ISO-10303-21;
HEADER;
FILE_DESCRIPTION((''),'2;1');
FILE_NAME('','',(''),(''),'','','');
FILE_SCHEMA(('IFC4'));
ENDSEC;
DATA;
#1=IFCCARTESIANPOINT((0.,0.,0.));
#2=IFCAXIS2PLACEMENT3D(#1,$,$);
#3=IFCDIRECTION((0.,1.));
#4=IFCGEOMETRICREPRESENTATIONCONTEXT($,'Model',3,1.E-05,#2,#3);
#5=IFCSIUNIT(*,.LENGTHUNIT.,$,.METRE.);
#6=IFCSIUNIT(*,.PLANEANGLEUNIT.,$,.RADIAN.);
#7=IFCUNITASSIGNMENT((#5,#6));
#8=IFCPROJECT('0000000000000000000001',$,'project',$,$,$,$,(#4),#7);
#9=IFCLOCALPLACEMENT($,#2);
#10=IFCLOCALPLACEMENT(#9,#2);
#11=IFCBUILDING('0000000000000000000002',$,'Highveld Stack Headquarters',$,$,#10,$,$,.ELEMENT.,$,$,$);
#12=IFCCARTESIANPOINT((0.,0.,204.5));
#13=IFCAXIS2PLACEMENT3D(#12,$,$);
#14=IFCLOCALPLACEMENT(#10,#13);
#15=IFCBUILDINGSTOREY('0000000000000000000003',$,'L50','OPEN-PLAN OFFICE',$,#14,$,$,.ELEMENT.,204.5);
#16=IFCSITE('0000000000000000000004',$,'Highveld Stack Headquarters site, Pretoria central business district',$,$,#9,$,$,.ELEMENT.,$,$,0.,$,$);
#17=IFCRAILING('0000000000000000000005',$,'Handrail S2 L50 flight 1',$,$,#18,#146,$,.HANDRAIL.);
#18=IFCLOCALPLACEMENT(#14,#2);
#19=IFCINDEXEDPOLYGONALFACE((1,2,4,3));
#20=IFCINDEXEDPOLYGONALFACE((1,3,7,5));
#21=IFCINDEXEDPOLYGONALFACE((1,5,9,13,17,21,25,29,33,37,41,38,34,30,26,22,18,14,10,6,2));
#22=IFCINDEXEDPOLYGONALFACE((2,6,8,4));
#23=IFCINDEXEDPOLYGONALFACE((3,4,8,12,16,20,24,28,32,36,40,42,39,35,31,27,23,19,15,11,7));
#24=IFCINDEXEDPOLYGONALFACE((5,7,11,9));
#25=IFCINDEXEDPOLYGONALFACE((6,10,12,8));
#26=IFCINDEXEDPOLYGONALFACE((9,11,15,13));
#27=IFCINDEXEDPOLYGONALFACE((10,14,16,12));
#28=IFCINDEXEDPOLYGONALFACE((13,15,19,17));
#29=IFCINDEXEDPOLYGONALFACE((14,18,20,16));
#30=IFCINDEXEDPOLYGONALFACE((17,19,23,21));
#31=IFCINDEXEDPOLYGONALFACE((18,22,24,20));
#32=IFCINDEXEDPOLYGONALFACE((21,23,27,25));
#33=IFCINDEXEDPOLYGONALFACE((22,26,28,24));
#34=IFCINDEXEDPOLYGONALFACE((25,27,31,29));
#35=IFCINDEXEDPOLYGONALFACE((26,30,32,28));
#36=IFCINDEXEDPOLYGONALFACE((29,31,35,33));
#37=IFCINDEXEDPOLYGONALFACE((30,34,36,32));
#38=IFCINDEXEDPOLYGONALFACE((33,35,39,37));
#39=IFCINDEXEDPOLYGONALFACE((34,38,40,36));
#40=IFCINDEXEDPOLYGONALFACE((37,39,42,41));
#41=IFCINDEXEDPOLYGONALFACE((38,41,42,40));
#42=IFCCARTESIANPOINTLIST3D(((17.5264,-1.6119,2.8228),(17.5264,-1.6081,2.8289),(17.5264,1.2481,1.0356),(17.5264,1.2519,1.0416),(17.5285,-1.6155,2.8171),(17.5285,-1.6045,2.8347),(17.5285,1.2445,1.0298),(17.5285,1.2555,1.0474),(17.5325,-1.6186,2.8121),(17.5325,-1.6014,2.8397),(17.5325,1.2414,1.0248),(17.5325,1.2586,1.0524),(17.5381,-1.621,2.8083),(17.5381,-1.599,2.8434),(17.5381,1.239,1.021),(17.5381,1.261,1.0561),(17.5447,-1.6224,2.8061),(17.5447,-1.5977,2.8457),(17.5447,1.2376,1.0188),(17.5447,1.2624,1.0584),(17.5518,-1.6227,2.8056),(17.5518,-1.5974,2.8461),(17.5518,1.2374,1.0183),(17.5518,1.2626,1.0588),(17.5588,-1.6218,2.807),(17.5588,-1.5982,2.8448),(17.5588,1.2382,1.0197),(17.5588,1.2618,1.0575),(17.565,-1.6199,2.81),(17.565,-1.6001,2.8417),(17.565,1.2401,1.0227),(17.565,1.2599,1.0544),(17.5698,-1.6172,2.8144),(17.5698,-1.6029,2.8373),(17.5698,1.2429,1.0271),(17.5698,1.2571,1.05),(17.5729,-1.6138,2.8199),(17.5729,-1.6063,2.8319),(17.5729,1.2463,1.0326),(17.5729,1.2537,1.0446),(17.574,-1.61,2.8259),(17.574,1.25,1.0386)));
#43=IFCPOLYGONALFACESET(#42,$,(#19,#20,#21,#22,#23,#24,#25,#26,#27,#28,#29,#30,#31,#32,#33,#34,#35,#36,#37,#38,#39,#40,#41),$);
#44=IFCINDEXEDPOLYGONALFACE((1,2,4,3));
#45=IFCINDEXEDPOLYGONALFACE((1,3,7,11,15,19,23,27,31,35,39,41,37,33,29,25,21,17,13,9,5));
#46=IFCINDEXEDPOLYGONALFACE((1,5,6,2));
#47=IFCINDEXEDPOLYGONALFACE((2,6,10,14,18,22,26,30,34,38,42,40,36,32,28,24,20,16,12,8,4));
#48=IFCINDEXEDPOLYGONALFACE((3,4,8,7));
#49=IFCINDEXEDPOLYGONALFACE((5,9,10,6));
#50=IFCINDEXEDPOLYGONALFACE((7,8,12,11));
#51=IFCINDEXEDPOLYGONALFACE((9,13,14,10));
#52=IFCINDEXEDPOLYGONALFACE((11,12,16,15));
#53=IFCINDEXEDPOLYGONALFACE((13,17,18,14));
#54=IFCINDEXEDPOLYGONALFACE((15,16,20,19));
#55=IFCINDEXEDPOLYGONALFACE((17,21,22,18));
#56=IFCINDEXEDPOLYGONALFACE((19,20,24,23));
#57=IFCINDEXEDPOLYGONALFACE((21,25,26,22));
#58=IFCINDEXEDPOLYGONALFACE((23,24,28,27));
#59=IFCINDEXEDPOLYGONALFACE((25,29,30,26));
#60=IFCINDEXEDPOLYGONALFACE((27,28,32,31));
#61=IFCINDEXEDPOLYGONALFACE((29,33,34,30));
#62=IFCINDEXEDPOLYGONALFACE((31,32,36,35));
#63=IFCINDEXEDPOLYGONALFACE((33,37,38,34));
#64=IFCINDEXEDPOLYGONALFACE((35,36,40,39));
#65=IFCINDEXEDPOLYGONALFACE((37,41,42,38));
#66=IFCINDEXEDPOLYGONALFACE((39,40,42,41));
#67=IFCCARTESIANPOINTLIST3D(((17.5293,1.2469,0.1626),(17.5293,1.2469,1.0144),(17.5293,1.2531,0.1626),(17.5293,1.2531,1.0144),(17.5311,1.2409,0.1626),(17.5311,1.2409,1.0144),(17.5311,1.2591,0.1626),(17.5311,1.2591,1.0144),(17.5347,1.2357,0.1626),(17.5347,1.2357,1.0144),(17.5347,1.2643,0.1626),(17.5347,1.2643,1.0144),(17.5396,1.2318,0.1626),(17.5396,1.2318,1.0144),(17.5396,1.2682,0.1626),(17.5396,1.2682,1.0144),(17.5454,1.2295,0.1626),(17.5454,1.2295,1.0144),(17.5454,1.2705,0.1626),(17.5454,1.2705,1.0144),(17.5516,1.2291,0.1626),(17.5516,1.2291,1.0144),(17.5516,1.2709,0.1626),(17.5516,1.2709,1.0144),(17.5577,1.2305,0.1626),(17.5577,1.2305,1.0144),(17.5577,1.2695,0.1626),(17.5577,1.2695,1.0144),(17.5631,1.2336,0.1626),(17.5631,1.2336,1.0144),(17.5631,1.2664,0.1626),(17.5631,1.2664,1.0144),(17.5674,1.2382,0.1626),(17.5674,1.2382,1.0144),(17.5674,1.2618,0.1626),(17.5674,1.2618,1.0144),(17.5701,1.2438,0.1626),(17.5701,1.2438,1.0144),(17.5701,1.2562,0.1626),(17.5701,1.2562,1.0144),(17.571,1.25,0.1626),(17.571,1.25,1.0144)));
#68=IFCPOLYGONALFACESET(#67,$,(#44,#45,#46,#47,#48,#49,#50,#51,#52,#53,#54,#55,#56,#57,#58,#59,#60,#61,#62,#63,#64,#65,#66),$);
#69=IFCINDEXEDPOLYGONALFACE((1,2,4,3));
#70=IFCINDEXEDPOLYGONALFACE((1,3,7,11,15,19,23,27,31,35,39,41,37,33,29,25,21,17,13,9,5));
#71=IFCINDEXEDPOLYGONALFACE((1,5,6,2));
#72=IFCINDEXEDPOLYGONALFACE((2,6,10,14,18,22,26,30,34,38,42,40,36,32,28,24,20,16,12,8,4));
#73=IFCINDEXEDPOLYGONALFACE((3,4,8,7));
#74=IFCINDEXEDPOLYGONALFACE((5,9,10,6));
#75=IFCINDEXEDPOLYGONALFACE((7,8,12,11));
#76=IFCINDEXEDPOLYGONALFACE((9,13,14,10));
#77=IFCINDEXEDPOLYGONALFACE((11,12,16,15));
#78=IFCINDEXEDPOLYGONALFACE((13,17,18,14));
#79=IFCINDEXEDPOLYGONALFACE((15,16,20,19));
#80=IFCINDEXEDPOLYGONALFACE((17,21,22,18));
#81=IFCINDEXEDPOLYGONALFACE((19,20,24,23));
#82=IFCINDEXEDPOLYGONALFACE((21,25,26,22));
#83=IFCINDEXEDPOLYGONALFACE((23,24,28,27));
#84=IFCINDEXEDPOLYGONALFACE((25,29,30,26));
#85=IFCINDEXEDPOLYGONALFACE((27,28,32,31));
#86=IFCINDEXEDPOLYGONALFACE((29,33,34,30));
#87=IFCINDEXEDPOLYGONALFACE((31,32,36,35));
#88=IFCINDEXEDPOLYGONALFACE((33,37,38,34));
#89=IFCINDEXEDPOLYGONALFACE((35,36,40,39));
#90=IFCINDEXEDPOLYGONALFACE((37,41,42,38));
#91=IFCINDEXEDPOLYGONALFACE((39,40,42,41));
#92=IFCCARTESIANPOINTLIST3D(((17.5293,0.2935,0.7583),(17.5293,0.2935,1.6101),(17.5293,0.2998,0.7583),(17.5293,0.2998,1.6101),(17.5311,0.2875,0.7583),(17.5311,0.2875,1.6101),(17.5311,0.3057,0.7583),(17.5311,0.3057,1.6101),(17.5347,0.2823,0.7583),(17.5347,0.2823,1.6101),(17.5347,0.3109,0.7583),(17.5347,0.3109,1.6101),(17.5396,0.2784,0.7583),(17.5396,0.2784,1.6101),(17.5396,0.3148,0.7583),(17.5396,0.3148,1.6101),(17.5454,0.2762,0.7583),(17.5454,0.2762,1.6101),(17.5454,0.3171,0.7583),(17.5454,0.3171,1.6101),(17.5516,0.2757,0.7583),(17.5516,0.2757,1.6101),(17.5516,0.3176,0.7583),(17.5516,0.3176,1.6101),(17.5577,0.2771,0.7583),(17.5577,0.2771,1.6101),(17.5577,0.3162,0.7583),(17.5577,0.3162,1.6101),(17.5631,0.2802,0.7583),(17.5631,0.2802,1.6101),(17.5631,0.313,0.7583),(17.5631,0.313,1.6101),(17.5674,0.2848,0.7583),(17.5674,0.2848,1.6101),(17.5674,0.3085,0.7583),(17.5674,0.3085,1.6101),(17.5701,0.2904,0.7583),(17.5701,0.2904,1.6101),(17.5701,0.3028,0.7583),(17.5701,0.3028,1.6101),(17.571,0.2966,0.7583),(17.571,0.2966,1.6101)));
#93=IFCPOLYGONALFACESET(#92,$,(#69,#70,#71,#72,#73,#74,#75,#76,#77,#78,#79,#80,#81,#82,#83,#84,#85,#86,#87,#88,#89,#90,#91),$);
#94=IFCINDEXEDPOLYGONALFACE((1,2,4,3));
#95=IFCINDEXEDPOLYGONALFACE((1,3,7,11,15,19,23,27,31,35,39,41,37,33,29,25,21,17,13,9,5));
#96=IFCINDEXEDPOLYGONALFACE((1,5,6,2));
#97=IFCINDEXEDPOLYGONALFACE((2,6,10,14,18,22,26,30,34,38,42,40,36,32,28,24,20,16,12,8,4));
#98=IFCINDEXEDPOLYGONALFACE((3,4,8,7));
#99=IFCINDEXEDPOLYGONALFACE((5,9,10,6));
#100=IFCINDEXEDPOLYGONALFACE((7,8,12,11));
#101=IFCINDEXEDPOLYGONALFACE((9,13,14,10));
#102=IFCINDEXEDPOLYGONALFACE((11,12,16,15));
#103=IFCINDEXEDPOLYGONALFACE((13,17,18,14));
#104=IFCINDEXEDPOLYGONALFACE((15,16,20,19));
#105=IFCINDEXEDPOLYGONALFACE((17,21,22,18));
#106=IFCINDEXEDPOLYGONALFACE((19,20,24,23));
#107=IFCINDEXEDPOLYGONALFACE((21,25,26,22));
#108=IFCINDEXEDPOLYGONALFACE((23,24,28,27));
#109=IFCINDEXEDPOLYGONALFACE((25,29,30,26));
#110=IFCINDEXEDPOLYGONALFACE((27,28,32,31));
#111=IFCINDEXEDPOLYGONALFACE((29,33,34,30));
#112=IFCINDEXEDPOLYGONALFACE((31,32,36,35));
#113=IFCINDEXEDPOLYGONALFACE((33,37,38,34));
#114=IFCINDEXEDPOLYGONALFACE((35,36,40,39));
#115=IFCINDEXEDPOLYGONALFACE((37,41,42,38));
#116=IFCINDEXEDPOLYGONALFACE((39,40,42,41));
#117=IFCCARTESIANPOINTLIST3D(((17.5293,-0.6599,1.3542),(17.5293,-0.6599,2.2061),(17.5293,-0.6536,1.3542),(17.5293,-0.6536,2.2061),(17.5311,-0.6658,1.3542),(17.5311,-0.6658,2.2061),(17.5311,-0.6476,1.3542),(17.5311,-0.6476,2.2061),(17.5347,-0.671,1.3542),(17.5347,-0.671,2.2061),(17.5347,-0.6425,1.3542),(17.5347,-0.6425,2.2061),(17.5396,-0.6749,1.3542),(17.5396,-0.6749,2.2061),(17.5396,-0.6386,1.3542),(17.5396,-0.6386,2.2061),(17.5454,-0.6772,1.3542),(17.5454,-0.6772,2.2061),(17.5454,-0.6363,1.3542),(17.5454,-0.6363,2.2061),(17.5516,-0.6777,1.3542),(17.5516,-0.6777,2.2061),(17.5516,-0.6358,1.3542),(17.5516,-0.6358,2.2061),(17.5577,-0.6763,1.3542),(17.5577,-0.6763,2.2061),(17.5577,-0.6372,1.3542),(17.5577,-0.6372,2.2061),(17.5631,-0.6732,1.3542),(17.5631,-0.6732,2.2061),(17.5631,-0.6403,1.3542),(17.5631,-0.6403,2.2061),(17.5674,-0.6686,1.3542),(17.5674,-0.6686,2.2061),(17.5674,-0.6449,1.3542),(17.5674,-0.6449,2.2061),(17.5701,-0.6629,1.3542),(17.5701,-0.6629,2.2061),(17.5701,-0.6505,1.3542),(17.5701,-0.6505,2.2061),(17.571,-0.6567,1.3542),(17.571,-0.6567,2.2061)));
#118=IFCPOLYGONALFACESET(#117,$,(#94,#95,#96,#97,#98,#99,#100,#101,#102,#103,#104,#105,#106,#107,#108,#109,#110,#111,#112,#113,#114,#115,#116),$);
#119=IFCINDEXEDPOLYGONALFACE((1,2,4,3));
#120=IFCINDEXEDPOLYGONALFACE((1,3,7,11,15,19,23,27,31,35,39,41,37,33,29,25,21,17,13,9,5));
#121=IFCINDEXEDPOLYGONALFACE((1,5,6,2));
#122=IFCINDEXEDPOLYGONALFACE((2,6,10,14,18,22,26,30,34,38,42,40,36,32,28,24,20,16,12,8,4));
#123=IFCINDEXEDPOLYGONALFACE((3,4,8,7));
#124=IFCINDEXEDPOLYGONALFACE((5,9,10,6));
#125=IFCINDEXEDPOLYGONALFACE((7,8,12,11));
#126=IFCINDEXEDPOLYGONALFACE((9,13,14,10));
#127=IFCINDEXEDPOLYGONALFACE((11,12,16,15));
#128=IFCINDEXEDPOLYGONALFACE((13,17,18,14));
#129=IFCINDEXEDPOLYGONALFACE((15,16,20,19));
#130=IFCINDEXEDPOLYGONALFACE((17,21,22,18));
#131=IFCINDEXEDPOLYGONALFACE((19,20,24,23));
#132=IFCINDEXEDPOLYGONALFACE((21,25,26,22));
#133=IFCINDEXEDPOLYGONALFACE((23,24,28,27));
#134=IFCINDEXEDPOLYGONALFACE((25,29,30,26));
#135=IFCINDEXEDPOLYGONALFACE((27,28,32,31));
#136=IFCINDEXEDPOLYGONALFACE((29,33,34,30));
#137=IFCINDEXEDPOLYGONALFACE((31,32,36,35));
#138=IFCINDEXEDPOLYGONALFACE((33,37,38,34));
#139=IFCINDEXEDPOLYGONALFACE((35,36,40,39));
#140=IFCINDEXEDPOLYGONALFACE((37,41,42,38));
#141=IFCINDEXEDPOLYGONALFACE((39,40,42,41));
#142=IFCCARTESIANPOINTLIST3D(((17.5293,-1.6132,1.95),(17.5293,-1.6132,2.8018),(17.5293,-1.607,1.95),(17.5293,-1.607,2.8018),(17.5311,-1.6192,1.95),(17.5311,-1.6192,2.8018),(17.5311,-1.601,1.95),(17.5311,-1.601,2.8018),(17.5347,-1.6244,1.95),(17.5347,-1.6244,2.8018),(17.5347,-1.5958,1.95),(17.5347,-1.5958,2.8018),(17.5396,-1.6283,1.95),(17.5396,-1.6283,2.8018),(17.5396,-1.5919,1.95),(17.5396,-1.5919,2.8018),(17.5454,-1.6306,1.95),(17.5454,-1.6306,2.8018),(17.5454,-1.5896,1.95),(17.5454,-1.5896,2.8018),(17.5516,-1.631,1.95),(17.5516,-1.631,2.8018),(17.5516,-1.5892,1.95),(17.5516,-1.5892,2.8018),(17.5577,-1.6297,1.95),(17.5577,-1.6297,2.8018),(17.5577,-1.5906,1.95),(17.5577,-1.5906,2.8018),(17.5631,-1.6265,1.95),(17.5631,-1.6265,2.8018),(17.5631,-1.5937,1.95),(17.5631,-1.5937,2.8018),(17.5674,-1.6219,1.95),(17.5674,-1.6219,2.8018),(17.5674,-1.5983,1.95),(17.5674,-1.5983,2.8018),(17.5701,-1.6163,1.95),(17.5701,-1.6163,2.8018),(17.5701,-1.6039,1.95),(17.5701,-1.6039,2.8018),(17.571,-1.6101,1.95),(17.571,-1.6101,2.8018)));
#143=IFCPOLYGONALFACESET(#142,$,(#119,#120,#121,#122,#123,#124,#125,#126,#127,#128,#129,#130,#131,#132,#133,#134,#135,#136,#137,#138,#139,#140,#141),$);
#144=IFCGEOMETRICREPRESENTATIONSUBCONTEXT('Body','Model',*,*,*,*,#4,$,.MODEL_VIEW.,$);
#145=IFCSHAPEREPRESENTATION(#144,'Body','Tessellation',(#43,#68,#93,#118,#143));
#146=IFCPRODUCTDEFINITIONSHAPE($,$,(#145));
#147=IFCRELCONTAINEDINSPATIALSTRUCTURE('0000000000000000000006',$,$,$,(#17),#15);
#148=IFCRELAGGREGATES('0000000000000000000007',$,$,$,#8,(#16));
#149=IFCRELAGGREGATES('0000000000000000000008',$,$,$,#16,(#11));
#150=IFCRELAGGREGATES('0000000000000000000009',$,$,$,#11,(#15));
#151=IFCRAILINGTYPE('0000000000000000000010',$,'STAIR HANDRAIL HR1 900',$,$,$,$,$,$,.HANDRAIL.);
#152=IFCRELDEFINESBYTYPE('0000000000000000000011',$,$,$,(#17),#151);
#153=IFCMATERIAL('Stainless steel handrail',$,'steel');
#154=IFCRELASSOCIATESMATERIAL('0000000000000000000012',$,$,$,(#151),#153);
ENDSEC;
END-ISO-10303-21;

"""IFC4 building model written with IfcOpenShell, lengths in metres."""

from ifc_helpers import new_model, si_unit, direction, frame, origin, origin_2d, place, context, subcontext, project, spatial, circle, extrude, material, type_object, element, save


model = new_model("IFC4")

# Units and contexts
model_context = context("Model", 3, precision=1e-05, world=origin(), true_north=direction((0.0, 1.0)))
body_context = subcontext(model_context, "Body", "Model", "MODEL_VIEW")
ifc_project = project(units=[si_unit("LENGTHUNIT", "METRE"), si_unit("PLANEANGLEUNIT", "RADIAN")], contexts=[model_context])

# Site, building, storey
site_placement = place(None, origin())
site = spatial("IfcSite", under=ifc_project, at=site_placement, Name="Highveld Stack Headquarters site, Pretoria central business district", CompositionType="ELEMENT", RefElevation=0.0)
building_placement = place(site_placement, origin())
building = spatial("IfcBuilding", under=site, at=building_placement, Name="Highveld Stack Headquarters", CompositionType="ELEMENT")
storey_placement = place(building_placement, frame((0.0, 0.0, 204.5)))
storey = spatial("IfcBuildingStorey", under=building, at=storey_placement, Name="L50", Description="OPEN-PLAN OFFICE", CompositionType="ELEMENT", Elevation=204.5)

# Railing
ifc_material_1 = material(Name="Stainless steel handrail", Category="steel")
railing_type = type_object("IfcRailingType", Name="STAIR HANDRAIL HR1 900", PredefinedType="HANDRAIL", material=ifc_material_1)
for number, where, name in (
    (1, (17.55, 1.25, 0.1626), "Handrail S2 L50 flight 1"),
):
    element("IfcRailing", number, at=place(storey_placement, frame(where)), inside=storey, type_object=railing_type, Name=name, PredefinedType="HANDRAIL", context=body_context, shape_type="SweptSolid", body=[
        extrude(circle(Radius=0.0239, at=origin_2d()), frame((0.0, 0.0, 0.876), z_axis=(0.0, -0.848027, 0.529953), x_axis=(1.0, 0.0, 0.0)), (0.0, 0.0, 1.0), 3.3726),
        extrude(circle(Radius=0.021, at=origin_2d()), origin(), (0.0, 0.0, 1.0), 0.8518),
        extrude(circle(Radius=0.021, at=origin_2d()), frame((0.0, -0.9534, 0.5957)), (0.0, 0.0, 1.0), 0.8518),
        extrude(circle(Radius=0.021, at=origin_2d()), frame((0.0, -1.9067, 1.1917)), (0.0, 0.0, 1.0), 0.8518),
        extrude(circle(Radius=0.021, at=origin_2d()), frame((0.0, -2.8601, 1.7874)), (0.0, 0.0, 1.0), 0.8518),
    ])

save(model, "model.ifc")
